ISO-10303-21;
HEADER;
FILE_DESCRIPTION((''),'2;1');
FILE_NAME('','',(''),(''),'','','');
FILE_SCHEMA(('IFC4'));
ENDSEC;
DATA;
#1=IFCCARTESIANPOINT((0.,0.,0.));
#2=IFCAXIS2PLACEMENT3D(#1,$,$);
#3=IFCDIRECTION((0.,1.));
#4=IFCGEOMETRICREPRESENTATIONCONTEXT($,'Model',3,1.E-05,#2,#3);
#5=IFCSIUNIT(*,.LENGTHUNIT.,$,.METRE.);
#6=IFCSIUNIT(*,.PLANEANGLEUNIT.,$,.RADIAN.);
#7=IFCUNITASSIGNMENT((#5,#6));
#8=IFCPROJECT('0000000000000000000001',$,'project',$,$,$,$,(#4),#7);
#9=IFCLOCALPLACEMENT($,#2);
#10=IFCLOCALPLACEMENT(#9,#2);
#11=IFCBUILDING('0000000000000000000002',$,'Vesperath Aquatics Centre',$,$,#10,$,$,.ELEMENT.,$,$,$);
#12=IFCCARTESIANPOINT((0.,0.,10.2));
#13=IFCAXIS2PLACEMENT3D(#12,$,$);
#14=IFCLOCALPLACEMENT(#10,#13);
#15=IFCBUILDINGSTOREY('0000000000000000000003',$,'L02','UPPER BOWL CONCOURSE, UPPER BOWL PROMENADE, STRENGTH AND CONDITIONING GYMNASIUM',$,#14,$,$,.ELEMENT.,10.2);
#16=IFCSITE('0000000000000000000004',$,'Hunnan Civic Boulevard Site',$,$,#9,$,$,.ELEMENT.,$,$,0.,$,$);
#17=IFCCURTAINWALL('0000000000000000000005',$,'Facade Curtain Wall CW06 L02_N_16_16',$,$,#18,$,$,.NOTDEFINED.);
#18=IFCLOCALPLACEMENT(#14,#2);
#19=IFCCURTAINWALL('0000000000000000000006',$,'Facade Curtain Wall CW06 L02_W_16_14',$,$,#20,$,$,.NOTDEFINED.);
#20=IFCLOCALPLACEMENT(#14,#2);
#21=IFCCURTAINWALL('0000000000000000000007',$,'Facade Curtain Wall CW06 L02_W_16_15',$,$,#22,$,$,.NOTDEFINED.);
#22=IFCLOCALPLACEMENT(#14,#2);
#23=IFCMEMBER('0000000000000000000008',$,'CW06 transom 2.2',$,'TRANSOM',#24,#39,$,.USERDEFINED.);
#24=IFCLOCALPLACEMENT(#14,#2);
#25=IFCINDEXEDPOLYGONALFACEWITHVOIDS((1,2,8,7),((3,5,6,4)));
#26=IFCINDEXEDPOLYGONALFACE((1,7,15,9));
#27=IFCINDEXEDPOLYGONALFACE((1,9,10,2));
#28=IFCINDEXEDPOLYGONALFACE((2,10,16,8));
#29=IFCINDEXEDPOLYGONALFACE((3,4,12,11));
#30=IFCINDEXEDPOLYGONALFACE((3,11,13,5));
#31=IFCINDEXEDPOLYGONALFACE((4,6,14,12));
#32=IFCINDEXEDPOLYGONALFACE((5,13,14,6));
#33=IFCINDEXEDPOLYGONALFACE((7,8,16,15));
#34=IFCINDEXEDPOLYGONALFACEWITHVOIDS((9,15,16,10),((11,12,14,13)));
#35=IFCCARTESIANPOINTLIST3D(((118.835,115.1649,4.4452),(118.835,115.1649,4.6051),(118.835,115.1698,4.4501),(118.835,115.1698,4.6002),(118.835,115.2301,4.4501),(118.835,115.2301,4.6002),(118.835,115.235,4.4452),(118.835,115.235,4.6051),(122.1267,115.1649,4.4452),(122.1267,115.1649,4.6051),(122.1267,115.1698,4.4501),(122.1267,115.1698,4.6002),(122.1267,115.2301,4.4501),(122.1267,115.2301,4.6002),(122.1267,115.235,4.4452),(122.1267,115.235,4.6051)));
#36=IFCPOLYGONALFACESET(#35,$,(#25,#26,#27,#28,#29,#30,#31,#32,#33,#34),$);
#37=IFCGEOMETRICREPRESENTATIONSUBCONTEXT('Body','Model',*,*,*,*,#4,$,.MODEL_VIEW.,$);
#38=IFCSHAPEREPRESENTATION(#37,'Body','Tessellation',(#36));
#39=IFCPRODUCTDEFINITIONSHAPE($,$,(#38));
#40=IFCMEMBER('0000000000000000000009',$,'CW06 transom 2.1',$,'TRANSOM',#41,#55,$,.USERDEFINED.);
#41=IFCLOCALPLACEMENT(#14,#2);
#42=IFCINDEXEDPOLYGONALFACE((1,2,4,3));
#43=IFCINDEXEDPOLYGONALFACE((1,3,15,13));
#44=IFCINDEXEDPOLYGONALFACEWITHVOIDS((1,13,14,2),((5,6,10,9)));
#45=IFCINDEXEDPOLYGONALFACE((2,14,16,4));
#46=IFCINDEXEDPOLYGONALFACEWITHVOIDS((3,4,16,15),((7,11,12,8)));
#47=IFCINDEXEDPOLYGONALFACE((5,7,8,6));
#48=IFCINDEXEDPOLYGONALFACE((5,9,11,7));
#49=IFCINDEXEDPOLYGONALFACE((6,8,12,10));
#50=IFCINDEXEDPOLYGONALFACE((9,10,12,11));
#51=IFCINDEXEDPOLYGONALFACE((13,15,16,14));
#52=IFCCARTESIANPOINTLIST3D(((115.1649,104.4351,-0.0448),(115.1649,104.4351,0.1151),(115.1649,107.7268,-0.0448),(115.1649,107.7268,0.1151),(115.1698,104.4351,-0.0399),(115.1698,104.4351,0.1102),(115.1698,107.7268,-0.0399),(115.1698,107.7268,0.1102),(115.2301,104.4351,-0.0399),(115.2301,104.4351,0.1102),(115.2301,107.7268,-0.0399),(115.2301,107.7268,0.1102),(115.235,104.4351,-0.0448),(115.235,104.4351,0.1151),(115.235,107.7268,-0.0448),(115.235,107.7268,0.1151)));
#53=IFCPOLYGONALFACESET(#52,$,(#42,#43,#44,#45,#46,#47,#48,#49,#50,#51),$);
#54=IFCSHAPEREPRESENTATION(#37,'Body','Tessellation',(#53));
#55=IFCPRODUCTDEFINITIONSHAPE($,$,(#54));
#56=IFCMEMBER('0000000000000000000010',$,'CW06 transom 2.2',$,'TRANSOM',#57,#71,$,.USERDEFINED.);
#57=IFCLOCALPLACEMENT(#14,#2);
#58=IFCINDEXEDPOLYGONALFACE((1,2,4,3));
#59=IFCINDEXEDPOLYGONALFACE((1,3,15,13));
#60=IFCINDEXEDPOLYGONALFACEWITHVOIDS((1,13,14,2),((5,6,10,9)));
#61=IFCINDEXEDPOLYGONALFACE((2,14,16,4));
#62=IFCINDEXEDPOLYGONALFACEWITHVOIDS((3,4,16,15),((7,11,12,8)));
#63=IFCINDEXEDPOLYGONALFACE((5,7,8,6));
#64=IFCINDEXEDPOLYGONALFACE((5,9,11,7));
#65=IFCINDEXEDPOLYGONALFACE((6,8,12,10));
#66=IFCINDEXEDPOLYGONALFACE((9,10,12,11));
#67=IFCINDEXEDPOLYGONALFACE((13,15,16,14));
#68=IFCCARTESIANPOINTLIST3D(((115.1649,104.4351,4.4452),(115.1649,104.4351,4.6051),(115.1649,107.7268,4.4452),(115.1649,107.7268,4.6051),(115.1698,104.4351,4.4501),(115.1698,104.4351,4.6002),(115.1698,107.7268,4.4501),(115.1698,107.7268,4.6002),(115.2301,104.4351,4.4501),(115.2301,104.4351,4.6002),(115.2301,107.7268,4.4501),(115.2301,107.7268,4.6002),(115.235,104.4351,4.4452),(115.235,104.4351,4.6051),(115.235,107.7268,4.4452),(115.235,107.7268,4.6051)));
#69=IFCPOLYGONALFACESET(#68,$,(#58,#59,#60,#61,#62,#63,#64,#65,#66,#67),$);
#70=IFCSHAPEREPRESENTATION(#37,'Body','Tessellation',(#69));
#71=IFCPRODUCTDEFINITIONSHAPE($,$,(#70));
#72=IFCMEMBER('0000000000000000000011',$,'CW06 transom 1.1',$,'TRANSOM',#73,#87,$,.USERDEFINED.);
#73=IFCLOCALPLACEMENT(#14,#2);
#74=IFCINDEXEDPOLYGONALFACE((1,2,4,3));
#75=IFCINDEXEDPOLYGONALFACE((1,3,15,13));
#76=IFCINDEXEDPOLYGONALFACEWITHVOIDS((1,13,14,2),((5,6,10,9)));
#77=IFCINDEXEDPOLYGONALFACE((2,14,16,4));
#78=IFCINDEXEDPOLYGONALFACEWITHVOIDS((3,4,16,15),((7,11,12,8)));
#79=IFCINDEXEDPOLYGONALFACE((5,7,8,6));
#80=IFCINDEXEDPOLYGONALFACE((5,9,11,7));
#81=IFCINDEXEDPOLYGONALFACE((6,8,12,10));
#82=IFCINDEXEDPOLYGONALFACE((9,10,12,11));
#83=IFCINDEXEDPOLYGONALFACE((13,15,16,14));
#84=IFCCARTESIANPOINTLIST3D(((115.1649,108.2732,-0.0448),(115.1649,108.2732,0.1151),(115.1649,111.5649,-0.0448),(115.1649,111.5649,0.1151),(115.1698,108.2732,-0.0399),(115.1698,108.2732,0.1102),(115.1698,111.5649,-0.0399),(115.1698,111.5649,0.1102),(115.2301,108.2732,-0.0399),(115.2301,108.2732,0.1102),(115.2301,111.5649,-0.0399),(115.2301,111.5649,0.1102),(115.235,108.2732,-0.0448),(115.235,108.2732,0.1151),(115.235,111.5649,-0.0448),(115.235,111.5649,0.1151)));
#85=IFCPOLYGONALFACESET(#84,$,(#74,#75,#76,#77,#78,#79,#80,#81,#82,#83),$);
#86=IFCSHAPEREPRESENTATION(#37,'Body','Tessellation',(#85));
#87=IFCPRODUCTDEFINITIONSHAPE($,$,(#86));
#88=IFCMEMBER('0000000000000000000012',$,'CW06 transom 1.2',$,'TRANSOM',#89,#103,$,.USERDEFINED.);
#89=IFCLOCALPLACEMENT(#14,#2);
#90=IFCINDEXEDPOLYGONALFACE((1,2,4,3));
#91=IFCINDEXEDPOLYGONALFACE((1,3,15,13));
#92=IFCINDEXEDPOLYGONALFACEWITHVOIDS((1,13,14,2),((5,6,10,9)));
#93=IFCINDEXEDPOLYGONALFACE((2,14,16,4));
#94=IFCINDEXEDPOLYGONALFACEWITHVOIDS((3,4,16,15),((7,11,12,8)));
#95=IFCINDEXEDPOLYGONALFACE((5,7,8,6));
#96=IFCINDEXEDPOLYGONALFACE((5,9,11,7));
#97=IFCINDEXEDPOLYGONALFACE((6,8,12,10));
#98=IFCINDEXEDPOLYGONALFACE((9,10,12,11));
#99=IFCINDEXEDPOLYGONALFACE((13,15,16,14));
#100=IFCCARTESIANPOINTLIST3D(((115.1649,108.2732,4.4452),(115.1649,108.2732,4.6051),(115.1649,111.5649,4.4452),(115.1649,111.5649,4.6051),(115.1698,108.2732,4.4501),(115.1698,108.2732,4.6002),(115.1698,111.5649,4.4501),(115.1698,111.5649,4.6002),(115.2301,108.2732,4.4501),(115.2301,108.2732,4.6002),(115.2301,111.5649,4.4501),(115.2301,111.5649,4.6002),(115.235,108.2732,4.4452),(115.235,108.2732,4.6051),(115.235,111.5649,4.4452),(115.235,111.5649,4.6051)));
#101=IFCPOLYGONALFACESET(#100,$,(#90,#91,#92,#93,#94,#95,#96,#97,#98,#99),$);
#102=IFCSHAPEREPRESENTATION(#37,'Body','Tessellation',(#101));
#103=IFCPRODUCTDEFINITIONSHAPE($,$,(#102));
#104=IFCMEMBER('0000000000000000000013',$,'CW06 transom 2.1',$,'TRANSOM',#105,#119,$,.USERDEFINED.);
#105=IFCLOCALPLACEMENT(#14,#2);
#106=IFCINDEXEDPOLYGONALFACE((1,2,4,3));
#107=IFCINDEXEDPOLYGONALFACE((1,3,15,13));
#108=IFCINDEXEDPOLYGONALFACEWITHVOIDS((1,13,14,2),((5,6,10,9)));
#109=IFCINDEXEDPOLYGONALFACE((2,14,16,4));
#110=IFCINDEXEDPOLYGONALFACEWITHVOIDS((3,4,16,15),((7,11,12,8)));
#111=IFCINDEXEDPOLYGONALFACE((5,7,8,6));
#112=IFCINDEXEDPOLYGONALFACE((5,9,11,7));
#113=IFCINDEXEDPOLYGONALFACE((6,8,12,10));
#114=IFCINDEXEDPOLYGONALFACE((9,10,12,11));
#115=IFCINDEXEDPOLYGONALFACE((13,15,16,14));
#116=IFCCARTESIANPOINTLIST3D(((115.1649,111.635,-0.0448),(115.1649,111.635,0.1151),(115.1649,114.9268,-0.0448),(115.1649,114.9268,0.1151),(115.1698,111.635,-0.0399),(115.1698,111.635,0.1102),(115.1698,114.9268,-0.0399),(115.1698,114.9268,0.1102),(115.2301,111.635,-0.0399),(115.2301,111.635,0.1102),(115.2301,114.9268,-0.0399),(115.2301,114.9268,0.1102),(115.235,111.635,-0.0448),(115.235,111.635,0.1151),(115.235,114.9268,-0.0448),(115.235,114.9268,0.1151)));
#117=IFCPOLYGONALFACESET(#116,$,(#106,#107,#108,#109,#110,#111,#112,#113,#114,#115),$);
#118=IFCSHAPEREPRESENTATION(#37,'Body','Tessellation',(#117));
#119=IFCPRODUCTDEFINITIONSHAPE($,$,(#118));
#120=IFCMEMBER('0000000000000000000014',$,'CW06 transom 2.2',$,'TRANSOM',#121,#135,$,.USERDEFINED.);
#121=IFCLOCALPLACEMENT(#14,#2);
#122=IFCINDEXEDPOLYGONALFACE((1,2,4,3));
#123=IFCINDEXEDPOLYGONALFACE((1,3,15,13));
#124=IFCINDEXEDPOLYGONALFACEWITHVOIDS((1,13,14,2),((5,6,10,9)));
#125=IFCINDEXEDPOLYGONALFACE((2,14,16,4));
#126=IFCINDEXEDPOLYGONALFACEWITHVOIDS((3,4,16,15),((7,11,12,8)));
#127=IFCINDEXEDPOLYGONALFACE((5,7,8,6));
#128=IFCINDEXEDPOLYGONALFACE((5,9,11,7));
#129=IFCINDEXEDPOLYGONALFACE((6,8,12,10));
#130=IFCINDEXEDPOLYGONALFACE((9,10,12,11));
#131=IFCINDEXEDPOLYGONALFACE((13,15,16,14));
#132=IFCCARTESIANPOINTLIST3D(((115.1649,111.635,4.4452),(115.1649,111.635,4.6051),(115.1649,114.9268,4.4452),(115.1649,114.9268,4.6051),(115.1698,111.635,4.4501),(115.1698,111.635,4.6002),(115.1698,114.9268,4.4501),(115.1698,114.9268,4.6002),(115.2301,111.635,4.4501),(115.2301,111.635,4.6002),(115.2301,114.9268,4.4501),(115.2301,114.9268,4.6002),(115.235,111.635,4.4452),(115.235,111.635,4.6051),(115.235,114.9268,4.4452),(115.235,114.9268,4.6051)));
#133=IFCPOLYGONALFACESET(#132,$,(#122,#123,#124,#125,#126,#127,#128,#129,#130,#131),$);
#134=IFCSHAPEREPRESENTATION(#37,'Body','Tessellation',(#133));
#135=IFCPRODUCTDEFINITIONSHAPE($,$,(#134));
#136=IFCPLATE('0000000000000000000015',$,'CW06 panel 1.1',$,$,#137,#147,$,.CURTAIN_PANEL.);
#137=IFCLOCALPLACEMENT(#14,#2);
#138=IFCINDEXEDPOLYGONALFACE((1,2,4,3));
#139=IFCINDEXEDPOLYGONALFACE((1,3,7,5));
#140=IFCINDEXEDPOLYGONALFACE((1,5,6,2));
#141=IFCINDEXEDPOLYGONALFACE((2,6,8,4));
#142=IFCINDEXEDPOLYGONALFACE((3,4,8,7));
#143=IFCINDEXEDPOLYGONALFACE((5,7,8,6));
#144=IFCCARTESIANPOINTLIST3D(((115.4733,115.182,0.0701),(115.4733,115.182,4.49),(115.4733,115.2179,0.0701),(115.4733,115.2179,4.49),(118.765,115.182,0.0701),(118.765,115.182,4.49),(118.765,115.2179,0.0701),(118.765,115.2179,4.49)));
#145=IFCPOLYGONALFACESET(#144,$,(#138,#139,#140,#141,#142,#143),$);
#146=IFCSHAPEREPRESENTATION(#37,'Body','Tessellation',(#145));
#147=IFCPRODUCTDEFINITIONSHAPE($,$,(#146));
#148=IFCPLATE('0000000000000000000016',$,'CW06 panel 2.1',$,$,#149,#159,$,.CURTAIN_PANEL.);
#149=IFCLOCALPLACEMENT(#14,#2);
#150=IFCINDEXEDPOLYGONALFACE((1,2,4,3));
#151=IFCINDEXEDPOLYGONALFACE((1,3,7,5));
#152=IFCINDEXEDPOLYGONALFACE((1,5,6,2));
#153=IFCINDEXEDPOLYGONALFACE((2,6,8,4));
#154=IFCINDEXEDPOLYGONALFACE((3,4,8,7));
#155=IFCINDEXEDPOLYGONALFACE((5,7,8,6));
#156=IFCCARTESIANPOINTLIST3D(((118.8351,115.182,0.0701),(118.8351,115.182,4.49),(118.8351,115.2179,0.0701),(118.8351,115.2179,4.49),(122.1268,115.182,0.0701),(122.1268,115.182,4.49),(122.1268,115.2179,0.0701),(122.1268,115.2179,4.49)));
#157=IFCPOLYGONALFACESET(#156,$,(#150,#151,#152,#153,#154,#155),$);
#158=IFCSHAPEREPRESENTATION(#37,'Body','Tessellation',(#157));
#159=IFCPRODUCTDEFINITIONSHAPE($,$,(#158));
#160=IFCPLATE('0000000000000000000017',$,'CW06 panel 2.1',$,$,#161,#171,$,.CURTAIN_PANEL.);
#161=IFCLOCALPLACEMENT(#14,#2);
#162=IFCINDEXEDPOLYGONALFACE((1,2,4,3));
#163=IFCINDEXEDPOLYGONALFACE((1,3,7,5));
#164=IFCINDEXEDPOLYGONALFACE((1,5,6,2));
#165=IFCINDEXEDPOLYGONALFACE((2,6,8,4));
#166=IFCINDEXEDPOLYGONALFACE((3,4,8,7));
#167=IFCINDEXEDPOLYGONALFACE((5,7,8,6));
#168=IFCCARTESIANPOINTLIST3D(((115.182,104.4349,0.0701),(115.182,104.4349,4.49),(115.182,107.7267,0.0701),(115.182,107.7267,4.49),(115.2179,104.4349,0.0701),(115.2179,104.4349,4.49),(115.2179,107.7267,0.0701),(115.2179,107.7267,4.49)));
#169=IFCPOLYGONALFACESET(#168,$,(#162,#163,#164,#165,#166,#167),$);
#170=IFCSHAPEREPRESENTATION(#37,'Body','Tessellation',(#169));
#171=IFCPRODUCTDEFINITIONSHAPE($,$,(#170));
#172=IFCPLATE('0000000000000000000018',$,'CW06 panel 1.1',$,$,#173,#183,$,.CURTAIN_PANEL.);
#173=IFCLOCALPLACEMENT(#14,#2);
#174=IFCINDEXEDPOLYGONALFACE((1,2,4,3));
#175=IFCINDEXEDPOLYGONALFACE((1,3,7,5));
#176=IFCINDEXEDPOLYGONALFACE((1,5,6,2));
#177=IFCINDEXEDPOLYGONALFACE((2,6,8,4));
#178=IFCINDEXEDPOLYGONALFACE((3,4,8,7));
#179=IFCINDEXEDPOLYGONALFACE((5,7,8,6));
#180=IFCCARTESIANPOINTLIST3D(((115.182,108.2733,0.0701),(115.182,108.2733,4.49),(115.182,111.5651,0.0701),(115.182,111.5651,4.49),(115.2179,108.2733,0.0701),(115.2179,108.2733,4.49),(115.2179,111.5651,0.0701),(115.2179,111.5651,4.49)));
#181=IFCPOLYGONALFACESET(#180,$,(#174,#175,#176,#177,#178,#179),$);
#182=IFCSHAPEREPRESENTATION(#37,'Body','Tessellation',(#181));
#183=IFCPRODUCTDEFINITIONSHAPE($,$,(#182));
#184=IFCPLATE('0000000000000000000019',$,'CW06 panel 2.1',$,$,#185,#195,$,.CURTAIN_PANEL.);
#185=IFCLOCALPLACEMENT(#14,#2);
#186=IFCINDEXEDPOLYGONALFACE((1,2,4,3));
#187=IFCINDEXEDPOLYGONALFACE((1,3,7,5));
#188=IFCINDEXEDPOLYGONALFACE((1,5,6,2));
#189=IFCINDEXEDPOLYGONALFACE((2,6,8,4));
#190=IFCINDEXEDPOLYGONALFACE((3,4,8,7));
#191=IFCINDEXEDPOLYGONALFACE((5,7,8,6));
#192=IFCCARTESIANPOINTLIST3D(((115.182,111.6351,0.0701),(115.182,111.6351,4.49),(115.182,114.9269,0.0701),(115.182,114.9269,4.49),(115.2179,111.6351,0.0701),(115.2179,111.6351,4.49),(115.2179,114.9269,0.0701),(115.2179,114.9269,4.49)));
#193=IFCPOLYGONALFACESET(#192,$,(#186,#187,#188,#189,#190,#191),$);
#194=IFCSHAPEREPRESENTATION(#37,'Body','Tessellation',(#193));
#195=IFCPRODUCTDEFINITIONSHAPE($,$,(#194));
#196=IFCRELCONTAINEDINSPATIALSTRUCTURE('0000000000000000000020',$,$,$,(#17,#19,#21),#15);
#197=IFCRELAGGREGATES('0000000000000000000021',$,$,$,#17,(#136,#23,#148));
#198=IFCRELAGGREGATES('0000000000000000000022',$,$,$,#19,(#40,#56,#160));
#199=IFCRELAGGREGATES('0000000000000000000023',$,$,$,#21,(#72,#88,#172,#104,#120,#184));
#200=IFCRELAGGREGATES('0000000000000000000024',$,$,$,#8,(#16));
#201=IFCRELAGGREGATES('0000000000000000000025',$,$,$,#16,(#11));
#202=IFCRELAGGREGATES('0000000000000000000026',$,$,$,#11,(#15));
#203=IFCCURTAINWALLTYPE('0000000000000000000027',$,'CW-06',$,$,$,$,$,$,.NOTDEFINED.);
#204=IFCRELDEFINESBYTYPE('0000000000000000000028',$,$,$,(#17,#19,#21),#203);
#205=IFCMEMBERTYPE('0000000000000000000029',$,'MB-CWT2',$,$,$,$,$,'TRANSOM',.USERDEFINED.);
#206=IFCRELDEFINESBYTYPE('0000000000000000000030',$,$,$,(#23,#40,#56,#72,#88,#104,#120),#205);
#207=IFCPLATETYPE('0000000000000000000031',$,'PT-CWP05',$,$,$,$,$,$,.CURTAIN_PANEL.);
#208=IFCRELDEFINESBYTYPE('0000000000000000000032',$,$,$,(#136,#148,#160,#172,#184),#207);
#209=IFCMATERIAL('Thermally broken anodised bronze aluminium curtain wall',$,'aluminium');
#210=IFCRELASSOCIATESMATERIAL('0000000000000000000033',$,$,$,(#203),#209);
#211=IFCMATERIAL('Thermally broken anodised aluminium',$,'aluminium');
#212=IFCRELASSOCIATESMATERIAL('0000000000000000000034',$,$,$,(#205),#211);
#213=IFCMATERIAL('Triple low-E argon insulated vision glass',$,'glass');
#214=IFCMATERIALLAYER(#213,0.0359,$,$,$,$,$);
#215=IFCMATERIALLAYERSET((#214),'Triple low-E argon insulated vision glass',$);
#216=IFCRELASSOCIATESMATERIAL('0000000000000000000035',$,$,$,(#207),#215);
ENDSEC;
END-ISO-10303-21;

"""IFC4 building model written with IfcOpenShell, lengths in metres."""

from ifc_helpers import new_model, si_unit, direction, frame, origin, origin_2d, place, context, subcontext, project, spatial, rectangle, hollow_rectangle, extrude, material, layer, layer_set, material_profile, profile_set, type_object, element, aggregate, save


model = new_model("IFC4")

# Units and contexts
model_context = context("Model", 3, precision=1e-05, world=origin(), true_north=direction((0.0, 1.0)))
body_context = subcontext(model_context, "Body", "Model", "MODEL_VIEW")
ifc_project = project(units=[si_unit("LENGTHUNIT", "METRE"), si_unit("PLANEANGLEUNIT", "RADIAN")], contexts=[model_context])

# Site, building, storey
site_placement = place(None, origin())
site = spatial("IfcSite", under=ifc_project, at=site_placement, Name="Hunnan Civic Boulevard Site", CompositionType="ELEMENT", RefElevation=0.0)
building_placement = place(site_placement, origin())
building = spatial("IfcBuilding", under=site, at=building_placement, Name="Vesperath Aquatics Centre", CompositionType="ELEMENT")
storey_placement = place(building_placement, frame((0.0, 0.0, 10.2)))
storey = spatial("IfcBuildingStorey", under=building, at=storey_placement, Name="L02", Description="UPPER BOWL CONCOURSE, UPPER BOWL PROMENADE, STRENGTH AND CONDITIONING GYMNASIUM", CompositionType="ELEMENT", Elevation=10.2)

# Curtain wall
ifc_material_1 = material(Name="Thermally broken anodised bronze aluminium curtain wall", Category="aluminium")
curtain_wall_type = type_object("IfcCurtainWallType", Name="CW-06", PredefinedType="NOTDEFINED", material=ifc_material_1)
curtain_wall_1_placement = place(storey_placement, origin())
curtain_wall_1 = element("IfcCurtainWall", 1, at=curtain_wall_1_placement, inside=storey, type_object=curtain_wall_type, Name="Facade Curtain Wall CW06 L02_N_16_16", PredefinedType="NOTDEFINED")
ifc_material_2 = material(Name="Thermally broken anodised aluminium", Category="aluminium")

# Curtain walls
curtain_wall_2_placement = place(storey_placement, origin())
curtain_wall_2 = element("IfcCurtainWall", 2, at=curtain_wall_2_placement, inside=storey, type_object=curtain_wall_type, Name="Facade Curtain Wall CW06 L02_W_16_14", PredefinedType="NOTDEFINED")
curtain_wall_3_placement = place(storey_placement, origin())
curtain_wall_3 = element("IfcCurtainWall", 3, at=curtain_wall_3_placement, inside=storey, type_object=curtain_wall_type, Name="Facade Curtain Wall CW06 L02_W_16_15", PredefinedType="NOTDEFINED")

# Members
ifc_material_profile_1 = material_profile(ifc_material_2, hollow_rectangle(XDim=0.0701, YDim=0.1599, WallThickness=0.0049, at=origin_2d()), Name="CWT 70x160x5")
ifc_profile_set_1 = profile_set([ifc_material_profile_1], Name="Thermally broken anodised aluminium")
member_type_1 = type_object("IfcMemberType", Name="MB-CWT2", ElementType="TRANSOM", PredefinedType="USERDEFINED", material=ifc_profile_set_1)
member_1_placement = place(storey_placement, frame((118.835, 115.2, 4.5251), z_axis=(1.0, 0.0, 0.0), x_axis=(0.0, 1.0, 0.0)))
member_1 = element("IfcMember", 4, at=member_1_placement, type_object=member_type_1, Name="CW06 transom 2.2", ObjectType="TRANSOM", PredefinedType="USERDEFINED", context=body_context, shape_type="SweptSolid", body=[
    extrude(hollow_rectangle(XDim=0.0701, YDim=0.1599, WallThickness=0.0049, at=origin_2d()), origin(), (0.0, 0.0, 1.0), 3.2917),
])
member_2_placement = place(storey_placement, frame((115.2, 104.4351, 0.0352), z_axis=(0.0, 1.0, 0.0), x_axis=(-1.0, 0.0, 0.0)))
member_2 = element("IfcMember", 5, at=member_2_placement, type_object=member_type_1, Name="CW06 transom 2.1", ObjectType="TRANSOM", PredefinedType="USERDEFINED", context=body_context, shape_type="SweptSolid", body=[
    extrude(hollow_rectangle(XDim=0.0701, YDim=0.1599, WallThickness=0.0049, at=origin_2d()), origin(), (0.0, 0.0, 1.0), 3.2917),
])
member_3_placement = place(storey_placement, frame((115.2, 104.4351, 4.5251), z_axis=(0.0, 1.0, 0.0), x_axis=(-1.0, 0.0, 0.0)))
member_3 = element("IfcMember", 6, at=member_3_placement, type_object=member_type_1, Name="CW06 transom 2.2", ObjectType="TRANSOM", PredefinedType="USERDEFINED", context=body_context, shape_type="SweptSolid", body=[
    extrude(hollow_rectangle(XDim=0.0701, YDim=0.1599, WallThickness=0.0049, at=origin_2d()), origin(), (0.0, 0.0, 1.0), 3.2917),
])
member_4_placement = place(storey_placement, frame((115.2, 108.2732, 0.0352), z_axis=(0.0, 1.0, 0.0), x_axis=(-1.0, 0.0, 0.0)))
member_4 = element("IfcMember", 7, at=member_4_placement, type_object=member_type_1, Name="CW06 transom 1.1", ObjectType="TRANSOM", PredefinedType="USERDEFINED", context=body_context, shape_type="SweptSolid", body=[
    extrude(hollow_rectangle(XDim=0.0701, YDim=0.1599, WallThickness=0.0049, at=origin_2d()), origin(), (0.0, 0.0, 1.0), 3.2917),
])
member_5_placement = place(storey_placement, frame((115.2, 108.2732, 4.5251), z_axis=(0.0, 1.0, 0.0), x_axis=(-1.0, 0.0, 0.0)))
member_5 = element("IfcMember", 8, at=member_5_placement, type_object=member_type_1, Name="CW06 transom 1.2", ObjectType="TRANSOM", PredefinedType="USERDEFINED", context=body_context, shape_type="SweptSolid", body=[
    extrude(hollow_rectangle(XDim=0.0701, YDim=0.1599, WallThickness=0.0049, at=origin_2d()), origin(), (0.0, 0.0, 1.0), 3.2917),
])
member_6_placement = place(storey_placement, frame((115.2, 111.635, 0.0352), z_axis=(0.0, 1.0, 0.0), x_axis=(-1.0, 0.0, 0.0)))
member_6 = element("IfcMember", 9, at=member_6_placement, type_object=member_type_1, Name="CW06 transom 2.1", ObjectType="TRANSOM", PredefinedType="USERDEFINED", context=body_context, shape_type="SweptSolid", body=[
    extrude(hollow_rectangle(XDim=0.0701, YDim=0.1599, WallThickness=0.0049, at=origin_2d()), origin(), (0.0, 0.0, 1.0), 3.2917),
])
member_7_placement = place(storey_placement, frame((115.2, 111.635, 4.5251), z_axis=(0.0, 1.0, 0.0), x_axis=(-1.0, 0.0, 0.0)))
member_7 = element("IfcMember", 10, at=member_7_placement, type_object=member_type_1, Name="CW06 transom 2.2", ObjectType="TRANSOM", PredefinedType="USERDEFINED", context=body_context, shape_type="SweptSolid", body=[
    extrude(hollow_rectangle(XDim=0.0701, YDim=0.1599, WallThickness=0.0049, at=origin_2d()), origin(), (0.0, 0.0, 1.0), 3.2917),
])

# Plates
ifc_material_3 = material(Name="Triple low-E argon insulated vision glass", Category="glass")
ifc_layer_1 = layer(ifc_material_3, 0.0359)
ifc_layer_set_1 = layer_set([ifc_layer_1], Name="Triple low-E argon insulated vision glass")
plate_type_1 = type_object("IfcPlateType", Name="PT-CWP05", PredefinedType="CURTAIN_PANEL", material=ifc_layer_set_1)
plate_1_placement = place(storey_placement, frame((117.1191, 115.2, 0.0701), z_axis=(0.0, 0.0, 1.0), x_axis=(1.0, 0.0, 0.0)))
plate_1 = element("IfcPlate", 11, at=plate_1_placement, type_object=plate_type_1, Name="CW06 panel 1.1", PredefinedType="CURTAIN_PANEL", context=body_context, shape_type="SweptSolid", body=[
    extrude(rectangle(XDim=3.2917, YDim=0.0359, at=origin_2d()), origin(), (0.0, 0.0, 1.0), 4.4199),
])
plate_2_placement = place(storey_placement, frame((120.481, 115.2, 0.0701), z_axis=(0.0, 0.0, 1.0), x_axis=(1.0, 0.0, 0.0)))
plate_2 = element("IfcPlate", 12, at=plate_2_placement, type_object=plate_type_1, Name="CW06 panel 2.1", PredefinedType="CURTAIN_PANEL", context=body_context, shape_type="SweptSolid", body=[
    extrude(rectangle(XDim=3.2917, YDim=0.0359, at=origin_2d()), origin(), (0.0, 0.0, 1.0), 4.4199),
])
aggregate(curtain_wall_1, [plate_1, member_1, plate_2])
plate_3_placement = place(storey_placement, frame((115.2, 106.0808, 0.0701), z_axis=(0.0, 0.0, 1.0), x_axis=(0.0, 1.0, 0.0)))
plate_3 = element("IfcPlate", 13, at=plate_3_placement, type_object=plate_type_1, Name="CW06 panel 2.1", PredefinedType="CURTAIN_PANEL", context=body_context, shape_type="SweptSolid", body=[
    extrude(rectangle(XDim=3.2917, YDim=0.0359, at=origin_2d()), origin(), (0.0, 0.0, 1.0), 4.4199),
])
aggregate(curtain_wall_2, [member_2, member_3, plate_3])
plate_4_placement = place(storey_placement, frame((115.2, 109.9192, 0.0701), z_axis=(0.0, 0.0, 1.0), x_axis=(0.0, 1.0, 0.0)))
plate_4 = element("IfcPlate", 14, at=plate_4_placement, type_object=plate_type_1, Name="CW06 panel 1.1", PredefinedType="CURTAIN_PANEL", context=body_context, shape_type="SweptSolid", body=[
    extrude(rectangle(XDim=3.2917, YDim=0.0359, at=origin_2d()), origin(), (0.0, 0.0, 1.0), 4.4199),
])
plate_5_placement = place(storey_placement, frame((115.2, 113.281, 0.0701), z_axis=(0.0, 0.0, 1.0), x_axis=(0.0, 1.0, 0.0)))
plate_5 = element("IfcPlate", 15, at=plate_5_placement, type_object=plate_type_1, Name="CW06 panel 2.1", PredefinedType="CURTAIN_PANEL", context=body_context, shape_type="SweptSolid", body=[
    extrude(rectangle(XDim=3.2917, YDim=0.0359, at=origin_2d()), origin(), (0.0, 0.0, 1.0), 4.4199),
])
aggregate(curtain_wall_3, [member_4, member_5, plate_4, member_6, member_7, plate_5])

save(model, "model.ifc")
